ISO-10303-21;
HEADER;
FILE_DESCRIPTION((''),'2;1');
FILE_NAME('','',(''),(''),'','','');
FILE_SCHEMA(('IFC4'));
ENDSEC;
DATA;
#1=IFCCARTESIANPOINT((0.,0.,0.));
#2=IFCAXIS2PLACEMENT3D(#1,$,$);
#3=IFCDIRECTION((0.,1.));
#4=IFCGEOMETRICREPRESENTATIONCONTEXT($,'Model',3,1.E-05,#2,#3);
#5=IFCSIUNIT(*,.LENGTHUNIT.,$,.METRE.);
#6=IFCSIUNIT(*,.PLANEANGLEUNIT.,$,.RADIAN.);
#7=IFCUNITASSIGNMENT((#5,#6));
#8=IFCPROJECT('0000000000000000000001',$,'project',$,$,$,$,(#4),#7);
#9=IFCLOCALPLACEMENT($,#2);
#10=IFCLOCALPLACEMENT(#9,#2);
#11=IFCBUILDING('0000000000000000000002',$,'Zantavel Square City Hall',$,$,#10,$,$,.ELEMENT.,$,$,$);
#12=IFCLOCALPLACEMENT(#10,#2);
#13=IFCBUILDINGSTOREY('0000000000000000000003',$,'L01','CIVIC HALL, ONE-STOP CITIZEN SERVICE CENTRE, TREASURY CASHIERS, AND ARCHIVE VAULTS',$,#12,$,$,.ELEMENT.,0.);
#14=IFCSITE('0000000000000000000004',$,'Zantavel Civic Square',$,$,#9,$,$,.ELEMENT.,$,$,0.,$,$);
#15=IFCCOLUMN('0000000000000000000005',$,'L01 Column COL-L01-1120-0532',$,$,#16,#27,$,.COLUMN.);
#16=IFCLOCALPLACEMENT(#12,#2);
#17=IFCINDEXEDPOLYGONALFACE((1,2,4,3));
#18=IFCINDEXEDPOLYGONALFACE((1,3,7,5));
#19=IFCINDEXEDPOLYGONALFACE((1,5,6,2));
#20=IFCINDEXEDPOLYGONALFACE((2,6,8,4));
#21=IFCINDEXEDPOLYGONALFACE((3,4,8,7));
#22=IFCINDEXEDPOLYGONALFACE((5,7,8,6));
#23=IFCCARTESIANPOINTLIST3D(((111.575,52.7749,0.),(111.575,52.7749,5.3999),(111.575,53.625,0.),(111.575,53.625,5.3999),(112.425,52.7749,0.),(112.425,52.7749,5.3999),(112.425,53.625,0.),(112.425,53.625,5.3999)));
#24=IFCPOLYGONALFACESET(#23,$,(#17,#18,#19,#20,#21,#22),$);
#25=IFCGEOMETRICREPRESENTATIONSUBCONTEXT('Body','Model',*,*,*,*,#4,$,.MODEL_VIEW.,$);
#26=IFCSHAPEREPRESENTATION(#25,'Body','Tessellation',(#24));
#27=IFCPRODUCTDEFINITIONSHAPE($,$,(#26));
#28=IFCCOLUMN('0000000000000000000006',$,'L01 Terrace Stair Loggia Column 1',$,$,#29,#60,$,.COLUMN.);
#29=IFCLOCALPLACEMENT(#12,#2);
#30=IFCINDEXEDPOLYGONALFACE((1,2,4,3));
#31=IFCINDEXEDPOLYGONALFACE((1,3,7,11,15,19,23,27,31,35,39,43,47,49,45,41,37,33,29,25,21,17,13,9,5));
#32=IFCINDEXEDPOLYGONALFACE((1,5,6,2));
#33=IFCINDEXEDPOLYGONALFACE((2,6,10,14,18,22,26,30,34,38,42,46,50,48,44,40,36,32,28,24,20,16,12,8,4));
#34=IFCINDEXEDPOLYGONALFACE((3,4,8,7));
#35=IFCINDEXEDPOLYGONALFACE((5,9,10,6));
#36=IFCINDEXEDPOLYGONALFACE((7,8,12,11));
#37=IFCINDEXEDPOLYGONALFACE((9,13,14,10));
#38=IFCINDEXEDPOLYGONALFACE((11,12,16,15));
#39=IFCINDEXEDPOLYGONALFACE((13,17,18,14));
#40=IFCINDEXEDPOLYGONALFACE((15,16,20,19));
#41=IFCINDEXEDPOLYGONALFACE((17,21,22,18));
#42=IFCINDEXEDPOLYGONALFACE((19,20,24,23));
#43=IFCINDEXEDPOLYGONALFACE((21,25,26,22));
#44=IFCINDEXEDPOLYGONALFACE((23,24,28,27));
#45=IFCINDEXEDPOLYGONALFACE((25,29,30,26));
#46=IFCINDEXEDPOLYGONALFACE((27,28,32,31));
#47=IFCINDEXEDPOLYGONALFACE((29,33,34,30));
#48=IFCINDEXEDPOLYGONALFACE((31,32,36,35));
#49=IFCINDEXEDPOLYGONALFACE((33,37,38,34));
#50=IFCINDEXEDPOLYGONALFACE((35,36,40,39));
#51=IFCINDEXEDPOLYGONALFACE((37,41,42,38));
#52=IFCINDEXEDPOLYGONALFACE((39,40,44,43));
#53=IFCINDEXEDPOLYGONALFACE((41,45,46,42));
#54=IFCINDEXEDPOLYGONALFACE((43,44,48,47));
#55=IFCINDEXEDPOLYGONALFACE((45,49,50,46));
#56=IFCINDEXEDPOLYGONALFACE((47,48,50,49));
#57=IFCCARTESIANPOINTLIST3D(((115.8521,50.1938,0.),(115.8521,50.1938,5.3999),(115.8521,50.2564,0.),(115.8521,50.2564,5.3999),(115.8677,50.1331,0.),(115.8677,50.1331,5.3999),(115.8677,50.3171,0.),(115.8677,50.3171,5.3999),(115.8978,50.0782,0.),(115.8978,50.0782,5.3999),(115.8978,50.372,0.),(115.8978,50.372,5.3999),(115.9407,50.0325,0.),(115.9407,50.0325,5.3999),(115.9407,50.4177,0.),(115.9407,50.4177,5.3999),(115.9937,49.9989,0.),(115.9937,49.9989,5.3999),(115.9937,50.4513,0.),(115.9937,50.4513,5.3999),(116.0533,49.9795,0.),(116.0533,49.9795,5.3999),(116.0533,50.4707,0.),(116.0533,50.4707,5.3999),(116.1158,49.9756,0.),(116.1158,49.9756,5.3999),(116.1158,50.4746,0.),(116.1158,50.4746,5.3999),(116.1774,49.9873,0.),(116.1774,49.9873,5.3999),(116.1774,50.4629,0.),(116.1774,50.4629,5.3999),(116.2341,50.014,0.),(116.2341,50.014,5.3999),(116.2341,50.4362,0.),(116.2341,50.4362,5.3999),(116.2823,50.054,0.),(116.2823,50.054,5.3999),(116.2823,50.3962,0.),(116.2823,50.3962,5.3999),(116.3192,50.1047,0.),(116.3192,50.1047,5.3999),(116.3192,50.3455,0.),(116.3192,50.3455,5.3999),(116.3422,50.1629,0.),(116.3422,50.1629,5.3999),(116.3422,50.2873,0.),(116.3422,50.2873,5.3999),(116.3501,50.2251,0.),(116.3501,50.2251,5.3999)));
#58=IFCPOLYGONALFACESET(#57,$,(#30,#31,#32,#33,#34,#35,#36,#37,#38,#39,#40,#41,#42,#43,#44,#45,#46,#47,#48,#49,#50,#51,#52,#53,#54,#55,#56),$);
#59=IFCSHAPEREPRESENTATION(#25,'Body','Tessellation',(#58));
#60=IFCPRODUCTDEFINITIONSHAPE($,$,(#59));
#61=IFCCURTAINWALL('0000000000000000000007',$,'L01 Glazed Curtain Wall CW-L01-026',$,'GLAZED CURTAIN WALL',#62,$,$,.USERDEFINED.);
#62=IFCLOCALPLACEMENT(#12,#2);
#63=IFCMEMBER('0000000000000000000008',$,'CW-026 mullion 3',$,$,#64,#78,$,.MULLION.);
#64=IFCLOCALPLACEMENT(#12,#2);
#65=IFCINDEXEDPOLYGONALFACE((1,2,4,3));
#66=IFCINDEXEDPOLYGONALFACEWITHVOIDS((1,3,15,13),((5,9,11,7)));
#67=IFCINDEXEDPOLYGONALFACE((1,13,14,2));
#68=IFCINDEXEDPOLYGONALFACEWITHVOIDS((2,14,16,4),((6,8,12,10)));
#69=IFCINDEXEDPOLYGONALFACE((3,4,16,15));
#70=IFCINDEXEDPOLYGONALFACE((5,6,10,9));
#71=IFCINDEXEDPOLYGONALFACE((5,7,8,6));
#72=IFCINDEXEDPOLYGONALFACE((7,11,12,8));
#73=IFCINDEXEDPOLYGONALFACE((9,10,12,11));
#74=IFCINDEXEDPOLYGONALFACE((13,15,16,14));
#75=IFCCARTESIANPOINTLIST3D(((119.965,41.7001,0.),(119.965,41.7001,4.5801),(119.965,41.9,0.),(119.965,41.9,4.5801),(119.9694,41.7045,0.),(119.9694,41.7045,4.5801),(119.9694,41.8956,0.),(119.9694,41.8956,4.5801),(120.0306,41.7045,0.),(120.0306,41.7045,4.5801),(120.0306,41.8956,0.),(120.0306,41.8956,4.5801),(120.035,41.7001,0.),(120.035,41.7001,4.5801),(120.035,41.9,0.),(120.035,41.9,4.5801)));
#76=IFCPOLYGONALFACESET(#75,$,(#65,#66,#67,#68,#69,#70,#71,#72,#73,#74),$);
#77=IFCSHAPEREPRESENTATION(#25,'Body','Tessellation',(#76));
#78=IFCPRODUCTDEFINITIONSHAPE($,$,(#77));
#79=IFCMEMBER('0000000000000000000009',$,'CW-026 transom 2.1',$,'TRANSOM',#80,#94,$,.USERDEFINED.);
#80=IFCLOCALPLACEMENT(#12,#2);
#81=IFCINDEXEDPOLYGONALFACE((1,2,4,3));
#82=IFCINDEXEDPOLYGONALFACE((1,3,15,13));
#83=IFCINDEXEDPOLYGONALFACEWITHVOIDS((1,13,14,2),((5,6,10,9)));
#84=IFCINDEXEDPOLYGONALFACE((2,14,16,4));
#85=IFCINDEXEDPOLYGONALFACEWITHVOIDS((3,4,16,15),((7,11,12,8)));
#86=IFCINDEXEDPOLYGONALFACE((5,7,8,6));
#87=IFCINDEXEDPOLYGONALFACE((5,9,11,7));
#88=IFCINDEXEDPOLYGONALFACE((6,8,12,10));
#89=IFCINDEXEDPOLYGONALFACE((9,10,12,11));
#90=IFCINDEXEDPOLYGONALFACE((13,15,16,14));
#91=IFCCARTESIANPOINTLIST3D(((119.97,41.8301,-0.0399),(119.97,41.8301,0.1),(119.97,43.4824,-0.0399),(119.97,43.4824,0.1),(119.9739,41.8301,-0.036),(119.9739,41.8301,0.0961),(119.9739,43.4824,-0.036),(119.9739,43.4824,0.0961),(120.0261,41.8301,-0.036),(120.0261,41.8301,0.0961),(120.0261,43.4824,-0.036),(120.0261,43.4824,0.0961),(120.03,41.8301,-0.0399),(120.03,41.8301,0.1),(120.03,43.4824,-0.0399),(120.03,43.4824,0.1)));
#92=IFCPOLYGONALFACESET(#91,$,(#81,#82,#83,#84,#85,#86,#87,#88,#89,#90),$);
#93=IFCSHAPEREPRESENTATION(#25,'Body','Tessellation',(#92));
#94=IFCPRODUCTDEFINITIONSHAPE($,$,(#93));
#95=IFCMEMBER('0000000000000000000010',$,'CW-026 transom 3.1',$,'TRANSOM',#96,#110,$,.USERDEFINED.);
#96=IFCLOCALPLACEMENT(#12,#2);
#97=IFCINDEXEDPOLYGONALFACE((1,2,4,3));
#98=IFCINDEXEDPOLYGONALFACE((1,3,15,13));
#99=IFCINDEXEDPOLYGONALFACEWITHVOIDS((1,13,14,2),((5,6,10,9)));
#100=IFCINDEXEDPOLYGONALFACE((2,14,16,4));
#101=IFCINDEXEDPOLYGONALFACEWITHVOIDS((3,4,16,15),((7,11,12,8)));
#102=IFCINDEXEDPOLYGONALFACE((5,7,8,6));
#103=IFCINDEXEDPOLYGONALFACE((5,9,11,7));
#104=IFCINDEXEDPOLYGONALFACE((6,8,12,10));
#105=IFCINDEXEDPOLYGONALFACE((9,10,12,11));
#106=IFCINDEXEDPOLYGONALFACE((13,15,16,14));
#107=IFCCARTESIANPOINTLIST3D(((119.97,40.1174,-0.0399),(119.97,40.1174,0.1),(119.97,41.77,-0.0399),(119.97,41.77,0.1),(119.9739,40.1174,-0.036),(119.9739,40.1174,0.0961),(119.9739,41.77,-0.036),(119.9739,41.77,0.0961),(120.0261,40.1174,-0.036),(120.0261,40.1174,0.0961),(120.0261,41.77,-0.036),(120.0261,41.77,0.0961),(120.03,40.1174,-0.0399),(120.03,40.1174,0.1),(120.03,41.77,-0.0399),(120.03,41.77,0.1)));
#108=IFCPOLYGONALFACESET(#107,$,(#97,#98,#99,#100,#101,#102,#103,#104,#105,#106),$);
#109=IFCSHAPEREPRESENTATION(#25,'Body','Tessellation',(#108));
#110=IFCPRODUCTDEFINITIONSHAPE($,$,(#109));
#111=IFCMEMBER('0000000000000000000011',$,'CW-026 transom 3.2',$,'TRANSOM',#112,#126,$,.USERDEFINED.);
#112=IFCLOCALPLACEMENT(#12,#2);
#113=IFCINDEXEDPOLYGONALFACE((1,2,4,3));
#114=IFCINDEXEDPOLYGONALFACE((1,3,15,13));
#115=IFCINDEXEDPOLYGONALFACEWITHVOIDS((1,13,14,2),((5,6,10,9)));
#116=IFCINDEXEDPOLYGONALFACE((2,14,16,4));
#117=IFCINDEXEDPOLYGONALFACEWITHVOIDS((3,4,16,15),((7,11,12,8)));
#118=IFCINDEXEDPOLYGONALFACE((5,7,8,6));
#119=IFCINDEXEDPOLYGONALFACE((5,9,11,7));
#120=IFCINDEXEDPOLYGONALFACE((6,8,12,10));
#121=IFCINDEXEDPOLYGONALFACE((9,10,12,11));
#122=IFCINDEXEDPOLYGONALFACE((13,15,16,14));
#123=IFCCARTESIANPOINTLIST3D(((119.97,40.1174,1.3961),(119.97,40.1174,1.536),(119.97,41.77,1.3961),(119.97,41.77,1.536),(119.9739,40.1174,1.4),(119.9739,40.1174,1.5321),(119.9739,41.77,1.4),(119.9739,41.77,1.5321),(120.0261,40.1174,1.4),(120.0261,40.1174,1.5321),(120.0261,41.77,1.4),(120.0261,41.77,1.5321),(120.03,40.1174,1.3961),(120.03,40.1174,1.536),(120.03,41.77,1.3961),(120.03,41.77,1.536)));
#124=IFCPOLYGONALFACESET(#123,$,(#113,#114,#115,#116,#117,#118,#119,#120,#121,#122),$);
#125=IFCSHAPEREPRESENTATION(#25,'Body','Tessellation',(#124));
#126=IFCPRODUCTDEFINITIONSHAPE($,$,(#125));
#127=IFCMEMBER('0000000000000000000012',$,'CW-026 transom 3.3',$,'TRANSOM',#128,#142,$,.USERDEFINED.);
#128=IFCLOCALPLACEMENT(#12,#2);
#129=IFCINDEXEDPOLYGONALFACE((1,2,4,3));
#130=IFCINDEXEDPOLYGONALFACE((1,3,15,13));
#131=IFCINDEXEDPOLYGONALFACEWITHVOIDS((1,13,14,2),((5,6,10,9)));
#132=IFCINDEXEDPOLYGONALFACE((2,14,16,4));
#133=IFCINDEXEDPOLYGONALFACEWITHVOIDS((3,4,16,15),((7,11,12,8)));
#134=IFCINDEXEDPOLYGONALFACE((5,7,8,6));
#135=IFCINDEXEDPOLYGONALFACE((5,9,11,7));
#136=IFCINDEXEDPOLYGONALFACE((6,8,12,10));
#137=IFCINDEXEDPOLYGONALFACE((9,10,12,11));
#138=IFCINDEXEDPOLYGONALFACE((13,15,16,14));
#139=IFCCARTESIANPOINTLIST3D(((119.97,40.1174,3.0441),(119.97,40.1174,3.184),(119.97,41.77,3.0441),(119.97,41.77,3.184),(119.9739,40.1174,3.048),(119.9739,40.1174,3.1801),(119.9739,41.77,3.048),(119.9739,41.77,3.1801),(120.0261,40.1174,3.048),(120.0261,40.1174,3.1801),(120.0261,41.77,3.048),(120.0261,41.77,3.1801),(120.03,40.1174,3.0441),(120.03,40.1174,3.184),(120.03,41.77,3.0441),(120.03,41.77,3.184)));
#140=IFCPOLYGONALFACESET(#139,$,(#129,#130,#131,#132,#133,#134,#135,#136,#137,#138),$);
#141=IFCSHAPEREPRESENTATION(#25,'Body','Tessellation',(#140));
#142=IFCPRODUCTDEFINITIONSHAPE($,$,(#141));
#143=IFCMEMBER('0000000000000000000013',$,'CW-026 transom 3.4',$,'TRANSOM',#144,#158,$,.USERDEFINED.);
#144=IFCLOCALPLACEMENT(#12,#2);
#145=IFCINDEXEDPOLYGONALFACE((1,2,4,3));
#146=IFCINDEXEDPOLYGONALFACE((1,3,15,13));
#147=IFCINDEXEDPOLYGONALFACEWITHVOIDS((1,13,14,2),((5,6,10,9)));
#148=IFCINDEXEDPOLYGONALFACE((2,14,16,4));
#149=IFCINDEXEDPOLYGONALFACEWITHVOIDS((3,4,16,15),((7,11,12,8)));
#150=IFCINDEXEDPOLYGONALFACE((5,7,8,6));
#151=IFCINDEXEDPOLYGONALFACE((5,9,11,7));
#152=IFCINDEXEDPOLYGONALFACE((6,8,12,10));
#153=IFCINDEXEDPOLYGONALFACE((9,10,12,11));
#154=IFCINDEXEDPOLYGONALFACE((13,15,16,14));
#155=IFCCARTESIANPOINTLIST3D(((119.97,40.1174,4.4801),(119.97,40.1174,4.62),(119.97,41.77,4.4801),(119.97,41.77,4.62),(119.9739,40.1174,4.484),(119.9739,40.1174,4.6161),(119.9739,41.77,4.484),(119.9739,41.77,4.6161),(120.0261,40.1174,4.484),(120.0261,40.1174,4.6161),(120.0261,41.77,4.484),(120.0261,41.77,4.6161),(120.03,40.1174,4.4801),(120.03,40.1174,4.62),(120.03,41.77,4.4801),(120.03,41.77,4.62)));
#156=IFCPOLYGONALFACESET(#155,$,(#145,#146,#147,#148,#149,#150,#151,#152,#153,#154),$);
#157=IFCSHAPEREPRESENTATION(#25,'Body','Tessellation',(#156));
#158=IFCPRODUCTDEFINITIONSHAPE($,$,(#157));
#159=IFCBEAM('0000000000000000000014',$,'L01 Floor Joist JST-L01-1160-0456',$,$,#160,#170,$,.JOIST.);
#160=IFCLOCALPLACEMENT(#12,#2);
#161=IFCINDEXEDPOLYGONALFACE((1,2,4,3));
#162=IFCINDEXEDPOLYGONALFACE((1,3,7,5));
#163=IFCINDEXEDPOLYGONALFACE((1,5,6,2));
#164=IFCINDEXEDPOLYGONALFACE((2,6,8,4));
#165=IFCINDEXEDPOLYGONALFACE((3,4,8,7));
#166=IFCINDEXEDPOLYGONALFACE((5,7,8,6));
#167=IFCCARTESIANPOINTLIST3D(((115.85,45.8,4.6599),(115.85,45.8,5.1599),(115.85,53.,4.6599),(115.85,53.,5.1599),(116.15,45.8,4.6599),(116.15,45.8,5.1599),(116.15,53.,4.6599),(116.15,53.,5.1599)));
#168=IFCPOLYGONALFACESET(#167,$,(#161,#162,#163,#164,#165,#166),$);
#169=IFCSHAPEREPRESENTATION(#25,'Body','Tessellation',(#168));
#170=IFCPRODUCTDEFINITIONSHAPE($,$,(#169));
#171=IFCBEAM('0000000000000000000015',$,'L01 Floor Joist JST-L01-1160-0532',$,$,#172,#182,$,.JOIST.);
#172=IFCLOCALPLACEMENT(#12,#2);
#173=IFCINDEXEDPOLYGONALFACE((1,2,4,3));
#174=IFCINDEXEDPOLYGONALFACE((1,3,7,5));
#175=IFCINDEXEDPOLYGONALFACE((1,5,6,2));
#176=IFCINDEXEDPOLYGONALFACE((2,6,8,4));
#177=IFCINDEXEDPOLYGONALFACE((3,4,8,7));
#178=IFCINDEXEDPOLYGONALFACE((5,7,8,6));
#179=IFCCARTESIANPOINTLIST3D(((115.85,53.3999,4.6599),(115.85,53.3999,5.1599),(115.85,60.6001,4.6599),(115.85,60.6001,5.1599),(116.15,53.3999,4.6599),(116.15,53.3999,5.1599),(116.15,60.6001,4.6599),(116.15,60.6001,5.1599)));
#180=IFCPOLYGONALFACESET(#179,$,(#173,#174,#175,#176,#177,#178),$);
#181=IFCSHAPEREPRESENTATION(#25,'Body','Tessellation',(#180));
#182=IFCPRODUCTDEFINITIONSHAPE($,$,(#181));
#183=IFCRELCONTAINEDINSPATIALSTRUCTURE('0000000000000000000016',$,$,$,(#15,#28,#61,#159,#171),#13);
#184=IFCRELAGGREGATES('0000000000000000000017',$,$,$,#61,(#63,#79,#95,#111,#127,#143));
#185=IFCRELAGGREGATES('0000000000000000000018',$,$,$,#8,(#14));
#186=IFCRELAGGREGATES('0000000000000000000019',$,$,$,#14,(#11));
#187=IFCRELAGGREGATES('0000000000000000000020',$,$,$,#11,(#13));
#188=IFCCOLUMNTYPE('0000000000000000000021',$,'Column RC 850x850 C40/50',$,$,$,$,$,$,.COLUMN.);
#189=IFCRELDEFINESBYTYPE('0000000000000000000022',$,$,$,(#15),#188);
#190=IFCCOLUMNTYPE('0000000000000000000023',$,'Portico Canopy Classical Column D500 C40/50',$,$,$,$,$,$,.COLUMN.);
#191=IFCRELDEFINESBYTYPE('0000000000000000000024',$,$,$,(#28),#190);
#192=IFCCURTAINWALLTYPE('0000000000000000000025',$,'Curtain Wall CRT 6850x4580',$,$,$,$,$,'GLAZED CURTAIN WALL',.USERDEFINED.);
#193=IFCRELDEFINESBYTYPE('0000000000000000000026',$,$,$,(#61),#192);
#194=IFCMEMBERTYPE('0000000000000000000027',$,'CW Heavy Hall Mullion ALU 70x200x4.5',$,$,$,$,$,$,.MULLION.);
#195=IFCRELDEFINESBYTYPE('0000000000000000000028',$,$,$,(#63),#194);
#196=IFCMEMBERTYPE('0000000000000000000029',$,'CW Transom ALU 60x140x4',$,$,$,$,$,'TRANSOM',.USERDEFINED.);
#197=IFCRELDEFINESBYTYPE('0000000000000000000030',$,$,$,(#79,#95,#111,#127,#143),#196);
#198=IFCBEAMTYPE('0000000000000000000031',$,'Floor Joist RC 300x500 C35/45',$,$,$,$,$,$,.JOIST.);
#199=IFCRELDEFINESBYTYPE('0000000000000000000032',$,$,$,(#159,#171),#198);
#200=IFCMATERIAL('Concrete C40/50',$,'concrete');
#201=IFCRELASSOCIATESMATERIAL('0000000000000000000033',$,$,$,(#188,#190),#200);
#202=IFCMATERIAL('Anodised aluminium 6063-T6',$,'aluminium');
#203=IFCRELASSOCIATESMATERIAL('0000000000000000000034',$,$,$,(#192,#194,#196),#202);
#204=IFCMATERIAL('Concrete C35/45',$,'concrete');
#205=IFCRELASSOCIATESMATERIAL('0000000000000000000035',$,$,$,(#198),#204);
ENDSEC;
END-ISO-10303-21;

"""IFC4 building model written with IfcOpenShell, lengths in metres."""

from ifc_helpers import new_model, si_unit, direction, frame, origin, origin_2d, place, context, subcontext, project, spatial, rectangle, hollow_rectangle, circle, extrude, material, material_profile, profile_set, type_object, element, aggregate, save


model = new_model("IFC4")

# Units and contexts
model_context = context("Model", 3, precision=1e-05, world=origin(), true_north=direction((0.0, 1.0)))
body_context = subcontext(model_context, "Body", "Model", "MODEL_VIEW")
ifc_project = project(units=[si_unit("LENGTHUNIT", "METRE"), si_unit("PLANEANGLEUNIT", "RADIAN")], contexts=[model_context])

# Site, building, storey
site_placement = place(None, origin())
site = spatial("IfcSite", under=ifc_project, at=site_placement, Name="Zantavel Civic Square", CompositionType="ELEMENT", RefElevation=0.0)
building_placement = place(site_placement, origin())
building = spatial("IfcBuilding", under=site, at=building_placement, Name="Zantavel Square City Hall", CompositionType="ELEMENT")
storey_placement = place(building_placement, origin())
storey = spatial("IfcBuildingStorey", under=building, at=storey_placement, Name="L01", Description="CIVIC HALL, ONE-STOP CITIZEN SERVICE CENTRE, TREASURY CASHIERS, AND ARCHIVE VAULTS", CompositionType="ELEMENT", Elevation=0.0)

# Columns
ifc_material_1 = material(Name="Concrete C40/50", Category="concrete")
ifc_material_profile_1 = material_profile(ifc_material_1, rectangle(XDim=0.8501, YDim=0.8501, at=origin_2d()), Name="RC 850x850")
ifc_profile_set_1 = profile_set([ifc_material_profile_1], Name="Concrete C40/50")
column_type_1 = type_object("IfcColumnType", Name="Column RC 850x850 C40/50", PredefinedType="COLUMN", material=ifc_profile_set_1)
column_1_placement = place(storey_placement, frame((112.0, 53.2, 0.0), z_axis=(0.0, 0.0, 1.0), x_axis=(1.0, 0.0, 0.0)))
element("IfcColumn", 1, at=column_1_placement, inside=storey, type_object=column_type_1, Name="L01 Column COL-L01-1120-0532", PredefinedType="COLUMN", context=body_context, shape_type="SweptSolid", body=[
    extrude(rectangle(XDim=0.8501, YDim=0.8501, at=origin_2d()), origin(), (0.0, 0.0, 1.0), 5.3999),
])
ifc_material_profile_2 = material_profile(ifc_material_1, circle(Radius=0.25, at=origin_2d()), Name="ROUND D500")
ifc_profile_set_2 = profile_set([ifc_material_profile_2], Name="Concrete C40/50")
column_type_2 = type_object("IfcColumnType", Name="Portico Canopy Classical Column D500 C40/50", PredefinedType="COLUMN", material=ifc_profile_set_2)
column_2_placement = place(storey_placement, frame((116.1001, 50.2251, 0.0), z_axis=(0.0, 0.0, 1.0), x_axis=(1.0, 0.0, 0.0)))
element("IfcColumn", 2, at=column_2_placement, inside=storey, type_object=column_type_2, Name="L01 Terrace Stair Loggia Column 1", PredefinedType="COLUMN", context=body_context, shape_type="SweptSolid", body=[
    extrude(circle(Radius=0.25, at=origin_2d()), origin(), (0.0, 0.0, 1.0), 5.3999),
])

# Curtain wall, members
ifc_material_2 = material(Name="Anodised aluminium 6063-T6", Category="aluminium")
curtain_wall_type = type_object("IfcCurtainWallType", Name="Curtain Wall CRT 6850x4580", ElementType="GLAZED CURTAIN WALL", PredefinedType="USERDEFINED", material=ifc_material_2)
curtain_wall_placement = place(storey_placement, origin())
curtain_wall = element("IfcCurtainWall", 3, at=curtain_wall_placement, inside=storey, type_object=curtain_wall_type, Name="L01 Glazed Curtain Wall CW-L01-026", ObjectType="GLAZED CURTAIN WALL", PredefinedType="USERDEFINED")
ifc_material_profile_3 = material_profile(ifc_material_2, hollow_rectangle(XDim=0.0701, YDim=0.2, WallThickness=0.0044, at=origin_2d()), Name="ALU 70x200x4.5")
ifc_profile_set_3 = profile_set([ifc_material_profile_3], Name="Anodised aluminium 6063-T6")
member_type_1 = type_object("IfcMemberType", Name="CW Heavy Hall Mullion ALU 70x200x4.5", PredefinedType="MULLION", material=ifc_profile_set_3)
member_1_placement = place(storey_placement, frame((120.0, 41.8, 0.0), z_axis=(0.0, 0.0, 1.0), x_axis=(1.0, 0.0, 0.0)))
member_1 = element("IfcMember", 4, at=member_1_placement, type_object=member_type_1, Name="CW-026 mullion 3", PredefinedType="MULLION", context=body_context, shape_type="SweptSolid", body=[
    extrude(hollow_rectangle(XDim=0.0701, YDim=0.2, WallThickness=0.0044, at=origin_2d()), origin(), (0.0, 0.0, 1.0), 4.5801),
])
ifc_material_profile_4 = material_profile(ifc_material_2, hollow_rectangle(XDim=0.0601, YDim=0.1399, WallThickness=0.0039, at=origin_2d()), Name="ALU 60x140x4")
ifc_profile_set_4 = profile_set([ifc_material_profile_4], Name="Anodised aluminium 6063-T6")
member_type_2 = type_object("IfcMemberType", Name="CW Transom ALU 60x140x4", ElementType="TRANSOM", PredefinedType="USERDEFINED", material=ifc_profile_set_4)
member_2_placement = place(storey_placement, frame((120.0, 43.4824, 0.03), z_axis=(0.0, -1.0, 0.0), x_axis=(1.0, 0.0, 0.0)))
member_2 = element("IfcMember", 5, at=member_2_placement, type_object=member_type_2, Name="CW-026 transom 2.1", ObjectType="TRANSOM", PredefinedType="USERDEFINED", context=body_context, shape_type="SweptSolid", body=[
    extrude(hollow_rectangle(XDim=0.0601, YDim=0.1399, WallThickness=0.0039, at=origin_2d()), origin(), (0.0, 0.0, 1.0), 1.6523),
])
member_3_placement = place(storey_placement, frame((120.0, 41.77, 0.03), z_axis=(0.0, -1.0, 0.0), x_axis=(1.0, 0.0, 0.0)))
member_3 = element("IfcMember", 6, at=member_3_placement, type_object=member_type_2, Name="CW-026 transom 3.1", ObjectType="TRANSOM", PredefinedType="USERDEFINED", context=body_context, shape_type="SweptSolid", body=[
    extrude(hollow_rectangle(XDim=0.0601, YDim=0.1399, WallThickness=0.0039, at=origin_2d()), origin(), (0.0, 0.0, 1.0), 1.6526),
])
member_4_placement = place(storey_placement, frame((120.0, 41.77, 1.4661), z_axis=(0.0, -1.0, 0.0), x_axis=(1.0, 0.0, 0.0)))
member_4 = element("IfcMember", 7, at=member_4_placement, type_object=member_type_2, Name="CW-026 transom 3.2", ObjectType="TRANSOM", PredefinedType="USERDEFINED", context=body_context, shape_type="SweptSolid", body=[
    extrude(hollow_rectangle(XDim=0.0601, YDim=0.1399, WallThickness=0.0039, at=origin_2d()), origin(), (0.0, 0.0, 1.0), 1.6526),
])
member_5_placement = place(storey_placement, frame((120.0, 41.77, 3.114), z_axis=(0.0, -1.0, 0.0), x_axis=(1.0, 0.0, 0.0)))
member_5 = element("IfcMember", 8, at=member_5_placement, type_object=member_type_2, Name="CW-026 transom 3.3", ObjectType="TRANSOM", PredefinedType="USERDEFINED", context=body_context, shape_type="SweptSolid", body=[
    extrude(hollow_rectangle(XDim=0.0601, YDim=0.1399, WallThickness=0.0039, at=origin_2d()), origin(), (0.0, 0.0, 1.0), 1.6526),
])
member_6_placement = place(storey_placement, frame((120.0, 41.77, 4.55), z_axis=(0.0, -1.0, 0.0), x_axis=(1.0, 0.0, 0.0)))
member_6 = element("IfcMember", 9, at=member_6_placement, type_object=member_type_2, Name="CW-026 transom 3.4", ObjectType="TRANSOM", PredefinedType="USERDEFINED", context=body_context, shape_type="SweptSolid", body=[
    extrude(hollow_rectangle(XDim=0.0601, YDim=0.1399, WallThickness=0.0039, at=origin_2d()), origin(), (0.0, 0.0, 1.0), 1.6526),
])

# Beams
ifc_material_3 = material(Name="Concrete C35/45", Category="concrete")
ifc_material_profile_5 = material_profile(ifc_material_3, rectangle(XDim=0.3, YDim=0.5, at=origin_2d()), Name="RC 300x500")
ifc_profile_set_5 = profile_set([ifc_material_profile_5], Name="Concrete C35/45")
beam_type_1 = type_object("IfcBeamType", Name="Floor Joist RC 300x500 C35/45", PredefinedType="JOIST", material=ifc_profile_set_5)
beam_1_placement = place(storey_placement, frame((116.0, 45.8, 4.9099), z_axis=(0.0, 1.0, 0.0), x_axis=(-1.0, 0.0, 0.0)))
element("IfcBeam", 10, at=beam_1_placement, inside=storey, type_object=beam_type_1, Name="L01 Floor Joist JST-L01-1160-0456", PredefinedType="JOIST", context=body_context, shape_type="SweptSolid", body=[
    extrude(rectangle(XDim=0.3, YDim=0.5, at=origin_2d()), origin(), (0.0, 0.0, 1.0), 7.2),
])
beam_2_placement = place(storey_placement, frame((116.0, 53.3999, 4.9099), z_axis=(0.0, 1.0, 0.0), x_axis=(-1.0, 0.0, 0.0)))
element("IfcBeam", 11, at=beam_2_placement, inside=storey, type_object=beam_type_1, Name="L01 Floor Joist JST-L01-1160-0532", PredefinedType="JOIST", context=body_context, shape_type="SweptSolid", body=[
    extrude(rectangle(XDim=0.3, YDim=0.5, at=origin_2d()), origin(), (0.0, 0.0, 1.0), 7.2002),
])

aggregate(curtain_wall, [member_1, member_2, member_3, member_4, member_5, member_6])

save(model, "model.ifc")
